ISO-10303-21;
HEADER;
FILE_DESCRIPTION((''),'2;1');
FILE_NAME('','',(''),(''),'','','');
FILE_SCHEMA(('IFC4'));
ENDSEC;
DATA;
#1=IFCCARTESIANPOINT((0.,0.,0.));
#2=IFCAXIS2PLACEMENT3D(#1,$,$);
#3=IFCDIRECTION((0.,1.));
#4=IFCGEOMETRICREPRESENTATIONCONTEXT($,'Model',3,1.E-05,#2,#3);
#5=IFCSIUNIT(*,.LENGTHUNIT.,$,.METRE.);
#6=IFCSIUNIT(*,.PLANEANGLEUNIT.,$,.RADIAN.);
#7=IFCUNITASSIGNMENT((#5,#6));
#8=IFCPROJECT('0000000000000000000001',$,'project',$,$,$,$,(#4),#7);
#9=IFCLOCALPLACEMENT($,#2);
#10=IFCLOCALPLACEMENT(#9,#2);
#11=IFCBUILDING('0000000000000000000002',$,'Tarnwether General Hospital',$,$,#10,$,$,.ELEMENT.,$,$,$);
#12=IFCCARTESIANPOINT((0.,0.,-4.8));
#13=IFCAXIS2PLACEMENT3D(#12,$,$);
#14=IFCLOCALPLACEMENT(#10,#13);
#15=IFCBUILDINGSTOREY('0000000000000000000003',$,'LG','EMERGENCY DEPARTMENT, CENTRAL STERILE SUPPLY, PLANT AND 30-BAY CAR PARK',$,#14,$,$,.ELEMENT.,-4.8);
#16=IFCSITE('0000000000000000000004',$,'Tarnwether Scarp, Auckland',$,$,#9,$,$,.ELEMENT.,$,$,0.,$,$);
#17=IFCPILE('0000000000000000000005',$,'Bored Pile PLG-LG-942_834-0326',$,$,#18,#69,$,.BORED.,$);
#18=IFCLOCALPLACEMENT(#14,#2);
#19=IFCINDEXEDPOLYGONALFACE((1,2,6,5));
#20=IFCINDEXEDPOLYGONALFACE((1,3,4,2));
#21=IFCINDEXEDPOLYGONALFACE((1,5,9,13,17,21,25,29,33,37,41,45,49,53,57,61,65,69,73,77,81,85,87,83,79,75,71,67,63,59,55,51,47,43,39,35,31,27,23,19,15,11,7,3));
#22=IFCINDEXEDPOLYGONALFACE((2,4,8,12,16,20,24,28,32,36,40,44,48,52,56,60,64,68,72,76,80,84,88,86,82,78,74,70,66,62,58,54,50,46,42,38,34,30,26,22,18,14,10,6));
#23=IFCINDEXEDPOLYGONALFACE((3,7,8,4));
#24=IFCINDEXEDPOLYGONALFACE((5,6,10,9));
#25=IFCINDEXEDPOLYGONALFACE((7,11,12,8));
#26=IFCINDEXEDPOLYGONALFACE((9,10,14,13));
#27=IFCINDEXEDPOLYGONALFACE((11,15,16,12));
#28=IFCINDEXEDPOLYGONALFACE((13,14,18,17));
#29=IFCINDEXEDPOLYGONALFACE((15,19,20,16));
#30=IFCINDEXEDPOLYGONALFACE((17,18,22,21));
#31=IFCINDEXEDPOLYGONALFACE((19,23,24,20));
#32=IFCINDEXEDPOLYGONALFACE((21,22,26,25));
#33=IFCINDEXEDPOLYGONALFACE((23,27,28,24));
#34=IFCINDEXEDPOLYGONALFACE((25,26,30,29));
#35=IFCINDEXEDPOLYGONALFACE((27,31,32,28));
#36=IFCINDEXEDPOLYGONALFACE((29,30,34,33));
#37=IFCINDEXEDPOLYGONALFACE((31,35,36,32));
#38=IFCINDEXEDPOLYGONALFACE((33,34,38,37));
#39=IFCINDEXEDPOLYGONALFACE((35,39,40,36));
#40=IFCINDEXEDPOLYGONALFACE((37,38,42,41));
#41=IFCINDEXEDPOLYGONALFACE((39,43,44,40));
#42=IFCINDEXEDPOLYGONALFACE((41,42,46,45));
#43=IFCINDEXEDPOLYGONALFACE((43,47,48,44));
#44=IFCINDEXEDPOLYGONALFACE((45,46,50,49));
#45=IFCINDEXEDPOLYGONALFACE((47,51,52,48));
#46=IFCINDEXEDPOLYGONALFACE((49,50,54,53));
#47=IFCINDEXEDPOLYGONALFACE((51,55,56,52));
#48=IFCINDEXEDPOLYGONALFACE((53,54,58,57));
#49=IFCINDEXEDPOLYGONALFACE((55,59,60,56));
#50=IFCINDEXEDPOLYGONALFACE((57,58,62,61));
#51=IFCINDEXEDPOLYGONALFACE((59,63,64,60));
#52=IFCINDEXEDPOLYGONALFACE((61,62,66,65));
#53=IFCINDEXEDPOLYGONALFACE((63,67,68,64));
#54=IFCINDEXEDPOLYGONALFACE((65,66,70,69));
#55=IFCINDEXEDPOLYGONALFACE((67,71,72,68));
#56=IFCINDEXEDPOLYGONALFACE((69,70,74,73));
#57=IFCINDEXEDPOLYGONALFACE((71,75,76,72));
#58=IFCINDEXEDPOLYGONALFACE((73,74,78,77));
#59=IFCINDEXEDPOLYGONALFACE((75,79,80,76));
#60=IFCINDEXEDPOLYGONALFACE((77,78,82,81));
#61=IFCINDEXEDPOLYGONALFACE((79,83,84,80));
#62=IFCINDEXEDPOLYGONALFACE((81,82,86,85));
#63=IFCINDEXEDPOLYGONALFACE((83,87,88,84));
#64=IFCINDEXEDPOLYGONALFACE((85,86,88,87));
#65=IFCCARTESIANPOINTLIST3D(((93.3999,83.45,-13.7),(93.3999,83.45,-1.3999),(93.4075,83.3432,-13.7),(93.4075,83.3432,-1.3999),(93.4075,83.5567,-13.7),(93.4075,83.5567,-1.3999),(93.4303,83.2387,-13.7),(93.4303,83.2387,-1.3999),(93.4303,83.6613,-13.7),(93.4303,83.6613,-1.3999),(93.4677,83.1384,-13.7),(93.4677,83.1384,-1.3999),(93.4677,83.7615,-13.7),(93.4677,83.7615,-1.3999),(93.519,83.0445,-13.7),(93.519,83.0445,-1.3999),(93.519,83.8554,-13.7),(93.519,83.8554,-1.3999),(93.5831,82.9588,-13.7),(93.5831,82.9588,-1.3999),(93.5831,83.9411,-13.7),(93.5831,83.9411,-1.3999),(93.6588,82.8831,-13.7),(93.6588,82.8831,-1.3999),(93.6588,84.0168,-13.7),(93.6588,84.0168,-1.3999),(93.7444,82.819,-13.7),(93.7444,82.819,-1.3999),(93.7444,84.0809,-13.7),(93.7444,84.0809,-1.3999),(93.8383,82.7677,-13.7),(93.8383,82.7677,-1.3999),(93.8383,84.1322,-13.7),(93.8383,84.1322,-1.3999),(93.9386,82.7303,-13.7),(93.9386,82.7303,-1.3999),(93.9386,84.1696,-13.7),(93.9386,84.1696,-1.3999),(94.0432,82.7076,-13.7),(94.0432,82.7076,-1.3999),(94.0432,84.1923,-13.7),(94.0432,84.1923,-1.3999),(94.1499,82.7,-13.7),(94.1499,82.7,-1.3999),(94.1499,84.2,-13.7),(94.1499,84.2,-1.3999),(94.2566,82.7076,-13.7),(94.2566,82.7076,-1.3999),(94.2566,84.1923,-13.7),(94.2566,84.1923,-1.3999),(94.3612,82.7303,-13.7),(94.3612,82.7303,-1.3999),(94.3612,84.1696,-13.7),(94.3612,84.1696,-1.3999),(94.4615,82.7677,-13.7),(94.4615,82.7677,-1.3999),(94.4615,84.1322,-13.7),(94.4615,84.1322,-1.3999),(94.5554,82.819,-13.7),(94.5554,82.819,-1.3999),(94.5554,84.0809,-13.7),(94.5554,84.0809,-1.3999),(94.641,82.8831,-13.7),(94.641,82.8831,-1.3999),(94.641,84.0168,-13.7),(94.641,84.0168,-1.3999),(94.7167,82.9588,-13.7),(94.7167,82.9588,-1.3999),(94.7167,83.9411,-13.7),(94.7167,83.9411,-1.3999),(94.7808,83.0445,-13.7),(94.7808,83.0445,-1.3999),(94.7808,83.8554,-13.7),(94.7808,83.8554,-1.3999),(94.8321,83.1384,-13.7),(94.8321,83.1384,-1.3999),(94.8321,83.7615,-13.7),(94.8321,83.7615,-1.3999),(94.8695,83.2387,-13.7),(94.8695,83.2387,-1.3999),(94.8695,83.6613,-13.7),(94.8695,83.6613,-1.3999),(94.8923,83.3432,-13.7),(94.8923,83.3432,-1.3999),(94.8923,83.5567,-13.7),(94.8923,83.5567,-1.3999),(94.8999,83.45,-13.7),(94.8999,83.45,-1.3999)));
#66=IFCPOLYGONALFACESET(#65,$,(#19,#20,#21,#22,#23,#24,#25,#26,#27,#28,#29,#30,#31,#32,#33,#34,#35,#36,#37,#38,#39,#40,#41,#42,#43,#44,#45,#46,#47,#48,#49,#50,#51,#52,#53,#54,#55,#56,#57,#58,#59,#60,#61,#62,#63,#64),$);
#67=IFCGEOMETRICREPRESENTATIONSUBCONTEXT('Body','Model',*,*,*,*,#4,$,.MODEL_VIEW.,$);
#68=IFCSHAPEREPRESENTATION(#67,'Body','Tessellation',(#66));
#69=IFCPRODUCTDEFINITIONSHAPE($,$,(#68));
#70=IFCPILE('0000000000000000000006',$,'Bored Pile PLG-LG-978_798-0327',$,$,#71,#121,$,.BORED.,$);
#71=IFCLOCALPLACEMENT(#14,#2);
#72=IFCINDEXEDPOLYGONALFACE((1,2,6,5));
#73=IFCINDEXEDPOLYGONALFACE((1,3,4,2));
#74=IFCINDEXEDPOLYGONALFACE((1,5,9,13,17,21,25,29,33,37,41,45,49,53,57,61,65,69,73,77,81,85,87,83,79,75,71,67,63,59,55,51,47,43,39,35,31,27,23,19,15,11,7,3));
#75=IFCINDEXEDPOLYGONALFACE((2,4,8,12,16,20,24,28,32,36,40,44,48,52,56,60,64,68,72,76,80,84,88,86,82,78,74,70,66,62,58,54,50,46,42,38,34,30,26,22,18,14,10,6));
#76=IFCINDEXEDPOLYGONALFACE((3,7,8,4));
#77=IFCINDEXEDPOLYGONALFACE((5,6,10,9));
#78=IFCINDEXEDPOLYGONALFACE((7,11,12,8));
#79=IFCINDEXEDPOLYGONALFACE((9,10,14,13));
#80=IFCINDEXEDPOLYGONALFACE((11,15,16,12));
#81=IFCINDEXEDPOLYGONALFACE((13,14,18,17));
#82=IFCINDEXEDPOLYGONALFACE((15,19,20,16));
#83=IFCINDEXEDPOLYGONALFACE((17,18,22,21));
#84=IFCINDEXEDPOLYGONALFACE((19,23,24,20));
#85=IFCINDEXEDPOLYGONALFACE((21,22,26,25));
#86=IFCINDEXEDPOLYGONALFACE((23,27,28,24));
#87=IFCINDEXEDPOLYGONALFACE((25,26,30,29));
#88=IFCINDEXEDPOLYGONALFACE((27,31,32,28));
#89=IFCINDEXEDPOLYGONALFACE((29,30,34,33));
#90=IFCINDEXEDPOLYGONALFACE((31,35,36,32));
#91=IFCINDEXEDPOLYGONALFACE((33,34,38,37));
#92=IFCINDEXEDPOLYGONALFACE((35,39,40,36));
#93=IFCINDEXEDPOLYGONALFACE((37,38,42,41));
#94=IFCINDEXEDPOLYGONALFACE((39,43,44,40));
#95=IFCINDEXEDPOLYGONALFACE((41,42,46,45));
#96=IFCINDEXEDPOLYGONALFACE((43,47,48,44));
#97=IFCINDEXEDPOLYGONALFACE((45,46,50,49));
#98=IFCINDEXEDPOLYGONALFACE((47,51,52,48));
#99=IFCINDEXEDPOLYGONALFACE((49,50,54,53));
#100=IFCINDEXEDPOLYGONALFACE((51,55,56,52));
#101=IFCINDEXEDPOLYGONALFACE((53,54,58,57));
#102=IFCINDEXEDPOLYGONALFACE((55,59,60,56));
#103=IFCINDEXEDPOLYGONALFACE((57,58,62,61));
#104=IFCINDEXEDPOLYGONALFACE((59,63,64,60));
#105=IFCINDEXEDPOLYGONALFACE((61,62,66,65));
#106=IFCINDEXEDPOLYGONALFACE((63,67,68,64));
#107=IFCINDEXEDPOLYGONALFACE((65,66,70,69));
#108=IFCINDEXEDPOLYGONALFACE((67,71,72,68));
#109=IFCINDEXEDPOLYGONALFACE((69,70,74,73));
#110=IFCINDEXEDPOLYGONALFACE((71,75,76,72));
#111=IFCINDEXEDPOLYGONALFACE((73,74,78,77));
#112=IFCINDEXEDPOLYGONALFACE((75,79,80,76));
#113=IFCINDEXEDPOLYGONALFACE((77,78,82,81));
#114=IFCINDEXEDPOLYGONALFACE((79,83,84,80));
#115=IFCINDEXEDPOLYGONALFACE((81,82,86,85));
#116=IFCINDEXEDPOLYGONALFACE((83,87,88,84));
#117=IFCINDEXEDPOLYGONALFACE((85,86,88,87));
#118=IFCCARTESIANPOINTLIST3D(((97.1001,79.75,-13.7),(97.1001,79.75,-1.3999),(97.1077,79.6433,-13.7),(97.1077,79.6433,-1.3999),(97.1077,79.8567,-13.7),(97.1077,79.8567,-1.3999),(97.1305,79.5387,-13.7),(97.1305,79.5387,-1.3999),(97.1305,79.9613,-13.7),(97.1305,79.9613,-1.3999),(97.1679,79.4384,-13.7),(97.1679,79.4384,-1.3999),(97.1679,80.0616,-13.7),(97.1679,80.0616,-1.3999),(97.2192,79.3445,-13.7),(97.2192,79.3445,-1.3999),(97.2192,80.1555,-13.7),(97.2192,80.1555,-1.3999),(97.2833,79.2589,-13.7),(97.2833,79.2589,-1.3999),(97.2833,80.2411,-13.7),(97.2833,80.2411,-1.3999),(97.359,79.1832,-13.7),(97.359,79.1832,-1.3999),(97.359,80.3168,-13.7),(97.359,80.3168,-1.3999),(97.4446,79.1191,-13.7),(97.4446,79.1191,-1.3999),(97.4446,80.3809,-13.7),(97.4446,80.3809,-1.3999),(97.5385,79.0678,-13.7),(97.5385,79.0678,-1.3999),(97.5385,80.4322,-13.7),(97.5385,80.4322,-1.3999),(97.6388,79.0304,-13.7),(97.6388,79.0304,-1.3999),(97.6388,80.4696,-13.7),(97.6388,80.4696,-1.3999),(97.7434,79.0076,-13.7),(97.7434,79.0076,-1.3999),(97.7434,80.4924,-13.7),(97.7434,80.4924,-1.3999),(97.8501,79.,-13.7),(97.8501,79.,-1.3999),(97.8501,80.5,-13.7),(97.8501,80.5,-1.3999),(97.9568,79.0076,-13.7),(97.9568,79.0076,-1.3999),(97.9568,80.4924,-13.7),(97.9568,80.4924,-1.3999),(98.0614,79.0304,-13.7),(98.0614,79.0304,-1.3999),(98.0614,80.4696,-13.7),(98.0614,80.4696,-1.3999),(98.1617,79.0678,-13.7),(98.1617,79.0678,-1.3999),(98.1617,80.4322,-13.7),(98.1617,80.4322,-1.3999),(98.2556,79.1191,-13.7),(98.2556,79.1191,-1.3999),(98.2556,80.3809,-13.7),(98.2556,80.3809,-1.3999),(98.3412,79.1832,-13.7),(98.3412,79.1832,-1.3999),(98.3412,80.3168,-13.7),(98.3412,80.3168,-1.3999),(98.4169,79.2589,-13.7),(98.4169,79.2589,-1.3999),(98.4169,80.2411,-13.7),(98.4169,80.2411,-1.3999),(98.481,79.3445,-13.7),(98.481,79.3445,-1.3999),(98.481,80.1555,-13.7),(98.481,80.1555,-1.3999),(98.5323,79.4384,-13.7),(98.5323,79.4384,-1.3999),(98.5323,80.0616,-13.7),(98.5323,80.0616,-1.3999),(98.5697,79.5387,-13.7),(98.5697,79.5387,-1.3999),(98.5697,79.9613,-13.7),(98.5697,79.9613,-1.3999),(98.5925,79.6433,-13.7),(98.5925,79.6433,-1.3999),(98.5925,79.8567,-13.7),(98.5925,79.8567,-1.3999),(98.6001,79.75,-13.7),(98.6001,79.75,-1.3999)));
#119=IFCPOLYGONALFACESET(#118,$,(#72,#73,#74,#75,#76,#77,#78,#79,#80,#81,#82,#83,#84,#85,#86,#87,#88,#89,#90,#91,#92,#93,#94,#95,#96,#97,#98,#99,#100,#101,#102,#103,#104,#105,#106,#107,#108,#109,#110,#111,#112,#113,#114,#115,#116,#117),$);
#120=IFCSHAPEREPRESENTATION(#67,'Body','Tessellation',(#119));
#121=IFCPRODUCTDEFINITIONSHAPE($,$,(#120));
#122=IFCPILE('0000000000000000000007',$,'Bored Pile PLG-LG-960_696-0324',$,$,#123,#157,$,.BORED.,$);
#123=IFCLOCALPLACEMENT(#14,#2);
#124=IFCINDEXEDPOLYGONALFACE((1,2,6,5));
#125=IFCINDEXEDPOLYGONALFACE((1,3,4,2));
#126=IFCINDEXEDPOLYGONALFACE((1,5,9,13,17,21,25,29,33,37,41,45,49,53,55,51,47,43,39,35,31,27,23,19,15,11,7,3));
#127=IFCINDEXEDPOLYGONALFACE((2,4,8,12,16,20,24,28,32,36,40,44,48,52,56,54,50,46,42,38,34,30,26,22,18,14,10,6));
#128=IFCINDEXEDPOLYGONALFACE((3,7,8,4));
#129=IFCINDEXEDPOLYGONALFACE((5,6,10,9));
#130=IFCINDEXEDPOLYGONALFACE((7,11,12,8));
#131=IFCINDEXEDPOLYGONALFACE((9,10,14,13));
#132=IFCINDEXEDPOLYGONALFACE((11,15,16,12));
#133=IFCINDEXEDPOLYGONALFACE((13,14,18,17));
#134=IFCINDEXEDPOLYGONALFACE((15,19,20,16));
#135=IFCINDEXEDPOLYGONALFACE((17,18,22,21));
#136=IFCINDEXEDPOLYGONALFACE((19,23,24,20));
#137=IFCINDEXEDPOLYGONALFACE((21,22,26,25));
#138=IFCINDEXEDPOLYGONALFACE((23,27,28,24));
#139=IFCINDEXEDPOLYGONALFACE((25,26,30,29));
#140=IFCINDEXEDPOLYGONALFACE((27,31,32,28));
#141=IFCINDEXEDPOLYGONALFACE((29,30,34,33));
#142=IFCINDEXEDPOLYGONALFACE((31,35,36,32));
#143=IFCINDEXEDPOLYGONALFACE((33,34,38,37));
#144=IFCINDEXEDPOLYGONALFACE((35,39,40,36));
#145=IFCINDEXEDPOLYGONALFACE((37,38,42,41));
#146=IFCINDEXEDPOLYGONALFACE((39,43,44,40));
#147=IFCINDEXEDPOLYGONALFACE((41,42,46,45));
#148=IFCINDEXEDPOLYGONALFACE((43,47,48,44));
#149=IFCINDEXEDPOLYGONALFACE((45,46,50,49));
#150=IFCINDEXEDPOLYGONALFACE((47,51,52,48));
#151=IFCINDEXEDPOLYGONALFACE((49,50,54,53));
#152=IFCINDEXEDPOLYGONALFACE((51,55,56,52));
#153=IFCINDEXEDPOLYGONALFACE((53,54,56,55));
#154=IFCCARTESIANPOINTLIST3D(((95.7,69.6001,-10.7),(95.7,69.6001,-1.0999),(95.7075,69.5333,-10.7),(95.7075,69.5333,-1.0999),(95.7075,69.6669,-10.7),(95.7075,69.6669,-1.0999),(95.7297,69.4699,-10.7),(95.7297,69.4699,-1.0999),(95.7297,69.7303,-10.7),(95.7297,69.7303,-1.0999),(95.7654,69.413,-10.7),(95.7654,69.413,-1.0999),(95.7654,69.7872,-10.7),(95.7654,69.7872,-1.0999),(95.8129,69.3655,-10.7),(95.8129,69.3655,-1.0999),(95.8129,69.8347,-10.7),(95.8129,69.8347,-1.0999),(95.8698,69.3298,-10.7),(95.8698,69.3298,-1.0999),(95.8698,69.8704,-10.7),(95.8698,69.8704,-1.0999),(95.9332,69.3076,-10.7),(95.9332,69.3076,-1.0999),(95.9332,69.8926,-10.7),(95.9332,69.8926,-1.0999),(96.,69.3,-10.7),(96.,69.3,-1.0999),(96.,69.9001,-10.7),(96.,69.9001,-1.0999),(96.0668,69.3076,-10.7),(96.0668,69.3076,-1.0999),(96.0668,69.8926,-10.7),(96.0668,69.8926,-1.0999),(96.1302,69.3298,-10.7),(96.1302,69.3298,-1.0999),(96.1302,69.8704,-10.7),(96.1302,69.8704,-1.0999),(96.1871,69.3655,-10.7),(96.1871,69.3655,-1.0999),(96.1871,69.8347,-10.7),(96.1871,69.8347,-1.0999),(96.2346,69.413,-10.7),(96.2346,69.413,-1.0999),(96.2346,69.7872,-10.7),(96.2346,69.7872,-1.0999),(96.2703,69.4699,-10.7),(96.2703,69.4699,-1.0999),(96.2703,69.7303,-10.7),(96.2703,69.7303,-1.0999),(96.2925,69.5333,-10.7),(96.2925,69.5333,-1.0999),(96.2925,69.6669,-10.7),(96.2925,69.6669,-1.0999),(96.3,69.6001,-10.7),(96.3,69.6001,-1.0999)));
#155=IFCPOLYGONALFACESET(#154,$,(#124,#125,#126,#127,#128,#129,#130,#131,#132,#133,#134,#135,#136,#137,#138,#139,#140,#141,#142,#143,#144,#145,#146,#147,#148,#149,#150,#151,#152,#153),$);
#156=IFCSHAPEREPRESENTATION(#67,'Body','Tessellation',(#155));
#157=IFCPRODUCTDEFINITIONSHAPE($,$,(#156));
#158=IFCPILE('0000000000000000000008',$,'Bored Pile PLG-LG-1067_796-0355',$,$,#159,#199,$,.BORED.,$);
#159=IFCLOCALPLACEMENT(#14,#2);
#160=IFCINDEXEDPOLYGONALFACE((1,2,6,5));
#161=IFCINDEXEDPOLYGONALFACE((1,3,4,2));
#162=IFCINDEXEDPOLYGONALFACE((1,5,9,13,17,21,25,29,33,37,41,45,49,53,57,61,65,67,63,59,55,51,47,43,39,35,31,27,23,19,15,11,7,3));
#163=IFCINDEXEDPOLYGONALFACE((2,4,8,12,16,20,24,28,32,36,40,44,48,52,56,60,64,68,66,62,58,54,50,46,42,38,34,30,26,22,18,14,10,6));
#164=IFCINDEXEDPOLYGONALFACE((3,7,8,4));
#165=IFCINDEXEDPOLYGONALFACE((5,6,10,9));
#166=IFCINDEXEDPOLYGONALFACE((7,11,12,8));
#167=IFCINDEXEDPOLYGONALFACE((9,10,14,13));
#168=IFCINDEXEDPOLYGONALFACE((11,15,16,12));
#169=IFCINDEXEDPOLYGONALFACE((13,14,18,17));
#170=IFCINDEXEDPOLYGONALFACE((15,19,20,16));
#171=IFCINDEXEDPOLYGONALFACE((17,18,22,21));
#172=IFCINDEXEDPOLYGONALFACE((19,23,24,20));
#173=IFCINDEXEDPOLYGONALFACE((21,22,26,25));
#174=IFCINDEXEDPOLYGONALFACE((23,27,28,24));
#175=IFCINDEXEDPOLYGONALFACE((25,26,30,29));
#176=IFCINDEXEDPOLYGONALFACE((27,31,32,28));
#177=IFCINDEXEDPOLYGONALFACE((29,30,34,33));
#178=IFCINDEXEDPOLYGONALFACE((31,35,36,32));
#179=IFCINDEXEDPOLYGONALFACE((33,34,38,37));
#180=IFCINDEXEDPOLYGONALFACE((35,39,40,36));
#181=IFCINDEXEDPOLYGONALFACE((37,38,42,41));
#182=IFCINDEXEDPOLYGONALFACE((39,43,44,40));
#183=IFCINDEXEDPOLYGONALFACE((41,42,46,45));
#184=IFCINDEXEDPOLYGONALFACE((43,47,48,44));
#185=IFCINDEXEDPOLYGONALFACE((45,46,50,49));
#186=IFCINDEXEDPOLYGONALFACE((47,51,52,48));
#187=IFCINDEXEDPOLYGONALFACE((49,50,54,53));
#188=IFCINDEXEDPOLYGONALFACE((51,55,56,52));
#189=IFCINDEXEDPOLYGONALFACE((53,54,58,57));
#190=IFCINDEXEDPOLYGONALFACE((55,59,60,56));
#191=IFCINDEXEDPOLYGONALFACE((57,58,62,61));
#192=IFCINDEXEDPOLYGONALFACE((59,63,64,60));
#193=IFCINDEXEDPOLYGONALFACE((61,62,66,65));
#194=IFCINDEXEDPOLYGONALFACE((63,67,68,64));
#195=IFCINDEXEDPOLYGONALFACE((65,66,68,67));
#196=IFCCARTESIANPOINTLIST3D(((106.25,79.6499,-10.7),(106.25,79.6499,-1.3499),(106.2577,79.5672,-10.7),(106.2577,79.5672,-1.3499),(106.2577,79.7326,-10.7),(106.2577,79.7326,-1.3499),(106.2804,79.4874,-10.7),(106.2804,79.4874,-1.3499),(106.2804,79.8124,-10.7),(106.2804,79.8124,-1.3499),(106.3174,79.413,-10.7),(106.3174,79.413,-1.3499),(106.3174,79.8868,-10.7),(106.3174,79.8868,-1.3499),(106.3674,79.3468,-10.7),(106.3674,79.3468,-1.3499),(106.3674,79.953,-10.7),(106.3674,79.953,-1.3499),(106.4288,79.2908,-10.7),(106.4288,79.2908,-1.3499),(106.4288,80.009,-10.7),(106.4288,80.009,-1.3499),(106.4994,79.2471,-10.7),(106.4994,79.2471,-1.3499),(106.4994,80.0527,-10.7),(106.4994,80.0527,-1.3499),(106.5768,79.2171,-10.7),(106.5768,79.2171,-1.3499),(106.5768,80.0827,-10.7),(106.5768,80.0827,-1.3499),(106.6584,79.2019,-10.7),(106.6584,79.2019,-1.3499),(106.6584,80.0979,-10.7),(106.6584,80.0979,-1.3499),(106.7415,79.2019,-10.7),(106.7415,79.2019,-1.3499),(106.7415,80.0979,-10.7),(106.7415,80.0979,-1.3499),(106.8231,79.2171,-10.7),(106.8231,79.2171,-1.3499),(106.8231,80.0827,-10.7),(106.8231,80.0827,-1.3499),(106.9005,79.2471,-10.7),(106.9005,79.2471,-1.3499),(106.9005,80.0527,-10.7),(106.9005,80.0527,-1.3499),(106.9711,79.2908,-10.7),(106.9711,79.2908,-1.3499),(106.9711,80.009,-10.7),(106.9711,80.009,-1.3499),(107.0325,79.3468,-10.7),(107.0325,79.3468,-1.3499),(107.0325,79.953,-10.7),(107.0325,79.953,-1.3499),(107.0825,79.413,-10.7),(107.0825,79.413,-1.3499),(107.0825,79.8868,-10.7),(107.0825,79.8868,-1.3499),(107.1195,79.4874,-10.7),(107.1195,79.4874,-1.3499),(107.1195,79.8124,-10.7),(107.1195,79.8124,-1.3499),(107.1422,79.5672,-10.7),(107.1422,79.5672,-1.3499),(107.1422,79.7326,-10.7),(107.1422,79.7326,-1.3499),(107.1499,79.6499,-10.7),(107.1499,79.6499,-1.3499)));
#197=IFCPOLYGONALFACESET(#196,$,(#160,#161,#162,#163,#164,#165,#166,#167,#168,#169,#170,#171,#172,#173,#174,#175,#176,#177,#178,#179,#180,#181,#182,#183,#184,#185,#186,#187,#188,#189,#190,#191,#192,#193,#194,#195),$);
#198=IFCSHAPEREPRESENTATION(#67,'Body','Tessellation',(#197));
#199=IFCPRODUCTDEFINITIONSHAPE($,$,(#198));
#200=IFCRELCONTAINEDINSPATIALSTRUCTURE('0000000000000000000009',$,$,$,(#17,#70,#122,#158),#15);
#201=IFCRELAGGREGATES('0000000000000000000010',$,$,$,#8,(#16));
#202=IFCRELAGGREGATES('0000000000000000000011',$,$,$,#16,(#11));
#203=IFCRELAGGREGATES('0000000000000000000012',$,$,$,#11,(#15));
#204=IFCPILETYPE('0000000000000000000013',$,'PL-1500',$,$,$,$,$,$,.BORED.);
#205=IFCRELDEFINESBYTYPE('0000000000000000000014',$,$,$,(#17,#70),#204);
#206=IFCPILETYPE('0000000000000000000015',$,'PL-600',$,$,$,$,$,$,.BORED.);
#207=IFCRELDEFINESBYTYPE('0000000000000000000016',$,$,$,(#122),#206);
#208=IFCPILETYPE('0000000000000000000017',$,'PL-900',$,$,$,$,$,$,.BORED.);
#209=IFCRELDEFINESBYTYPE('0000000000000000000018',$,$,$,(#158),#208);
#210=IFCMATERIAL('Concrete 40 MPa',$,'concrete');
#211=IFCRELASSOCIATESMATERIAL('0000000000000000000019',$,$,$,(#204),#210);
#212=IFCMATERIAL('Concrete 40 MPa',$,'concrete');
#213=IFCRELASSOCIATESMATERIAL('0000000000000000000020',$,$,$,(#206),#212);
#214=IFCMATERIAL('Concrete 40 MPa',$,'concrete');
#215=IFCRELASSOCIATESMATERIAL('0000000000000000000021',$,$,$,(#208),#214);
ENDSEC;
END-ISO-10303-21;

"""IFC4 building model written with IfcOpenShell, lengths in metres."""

from ifc_helpers import new_model, si_unit, direction, frame, origin, origin_2d, place, context, subcontext, project, spatial, circle, extrude, material, material_profile, profile_set, type_object, element, save


model = new_model("IFC4")

# Units and contexts
model_context = context("Model", 3, precision=1e-05, world=origin(), true_north=direction((0.0, 1.0)))
body_context = subcontext(model_context, "Body", "Model", "MODEL_VIEW")
ifc_project = project(units=[si_unit("LENGTHUNIT", "METRE"), si_unit("PLANEANGLEUNIT", "RADIAN")], contexts=[model_context])

# Site, building, storey
site_placement = place(None, origin())
site = spatial("IfcSite", under=ifc_project, at=site_placement, Name="Tarnwether Scarp, Auckland", CompositionType="ELEMENT", RefElevation=0.0)
building_placement = place(site_placement, origin())
building = spatial("IfcBuilding", under=site, at=building_placement, Name="Tarnwether General Hospital", CompositionType="ELEMENT")
storey_placement = place(building_placement, frame((0.0, 0.0, -4.8)))
storey = spatial("IfcBuildingStorey", under=building, at=storey_placement, Name="LG", Description="EMERGENCY DEPARTMENT, CENTRAL STERILE SUPPLY, PLANT AND 30-BAY CAR PARK", CompositionType="ELEMENT", Elevation=-4.8)

# Piles
ifc_material_1 = material(Name="Concrete 40 MPa", Category="concrete")
ifc_material_profile_1 = material_profile(ifc_material_1, circle(Radius=0.75, at=origin_2d()), Name="PILE-D1500")
ifc_profile_set_1 = profile_set([ifc_material_profile_1], Name="Concrete 40 MPa")
pile_type_1 = type_object("IfcPileType", Name="PL-1500", PredefinedType="BORED", material=ifc_profile_set_1)
for number, where, z_axis, x_axis, name in (
    (1, (94.1499, 83.45, -1.3999), (0.0, 0.0, -1.0), (1.0, 0.0, 0.0), "Bored Pile PLG-LG-942_834-0326"),
    (2, (97.8501, 79.75, -1.3999), (0.0, 0.0, -1.0), (1.0, 0.0, 0.0), "Bored Pile PLG-LG-978_798-0327"),
):
    element("IfcPile", number, at=place(storey_placement, frame(where, z_axis=z_axis, x_axis=x_axis)), inside=storey, type_object=pile_type_1, Name=name, PredefinedType="BORED", context=body_context, shape_type="SweptSolid", body=[
        extrude(circle(Radius=0.75, at=origin_2d()), origin(), (0.0, 0.0, 1.0), 12.3),
    ])
ifc_material_2 = material(Name="Concrete 40 MPa", Category="concrete")
ifc_material_profile_2 = material_profile(ifc_material_2, circle(Radius=0.3, at=origin_2d()), Name="PILE-D600")
ifc_profile_set_2 = profile_set([ifc_material_profile_2], Name="Concrete 40 MPa")
pile_type_2 = type_object("IfcPileType", Name="PL-600", PredefinedType="BORED", material=ifc_profile_set_2)
pile_1_placement = place(storey_placement, frame((96.0, 69.6001, -1.0999), z_axis=(0.0, 0.0, -1.0), x_axis=(1.0, 0.0, 0.0)))
element("IfcPile", 3, at=pile_1_placement, inside=storey, type_object=pile_type_2, Name="Bored Pile PLG-LG-960_696-0324", PredefinedType="BORED", context=body_context, shape_type="SweptSolid", body=[
    extrude(circle(Radius=0.3, at=origin_2d()), origin(), (0.0, 0.0, 1.0), 9.6001),
])
ifc_material_3 = material(Name="Concrete 40 MPa", Category="concrete")
ifc_material_profile_3 = material_profile(ifc_material_3, circle(Radius=0.45, at=origin_2d()), Name="PILE-D900")
ifc_profile_set_3 = profile_set([ifc_material_profile_3], Name="Concrete 40 MPa")
pile_type_3 = type_object("IfcPileType", Name="PL-900", PredefinedType="BORED", material=ifc_profile_set_3)
pile_2_placement = place(storey_placement, frame((106.7, 79.6499, -1.3499), z_axis=(0.0, 0.0, -1.0), x_axis=(1.0, 0.0, 0.0)))
element("IfcPile", 4, at=pile_2_placement, inside=storey, type_object=pile_type_3, Name="Bored Pile PLG-LG-1067_796-0355", PredefinedType="BORED", context=body_context, shape_type="SweptSolid", body=[
    extrude(circle(Radius=0.45, at=origin_2d()), origin(), (0.0, 0.0, 1.0), 9.3501),
])

save(model, "model.ifc")
